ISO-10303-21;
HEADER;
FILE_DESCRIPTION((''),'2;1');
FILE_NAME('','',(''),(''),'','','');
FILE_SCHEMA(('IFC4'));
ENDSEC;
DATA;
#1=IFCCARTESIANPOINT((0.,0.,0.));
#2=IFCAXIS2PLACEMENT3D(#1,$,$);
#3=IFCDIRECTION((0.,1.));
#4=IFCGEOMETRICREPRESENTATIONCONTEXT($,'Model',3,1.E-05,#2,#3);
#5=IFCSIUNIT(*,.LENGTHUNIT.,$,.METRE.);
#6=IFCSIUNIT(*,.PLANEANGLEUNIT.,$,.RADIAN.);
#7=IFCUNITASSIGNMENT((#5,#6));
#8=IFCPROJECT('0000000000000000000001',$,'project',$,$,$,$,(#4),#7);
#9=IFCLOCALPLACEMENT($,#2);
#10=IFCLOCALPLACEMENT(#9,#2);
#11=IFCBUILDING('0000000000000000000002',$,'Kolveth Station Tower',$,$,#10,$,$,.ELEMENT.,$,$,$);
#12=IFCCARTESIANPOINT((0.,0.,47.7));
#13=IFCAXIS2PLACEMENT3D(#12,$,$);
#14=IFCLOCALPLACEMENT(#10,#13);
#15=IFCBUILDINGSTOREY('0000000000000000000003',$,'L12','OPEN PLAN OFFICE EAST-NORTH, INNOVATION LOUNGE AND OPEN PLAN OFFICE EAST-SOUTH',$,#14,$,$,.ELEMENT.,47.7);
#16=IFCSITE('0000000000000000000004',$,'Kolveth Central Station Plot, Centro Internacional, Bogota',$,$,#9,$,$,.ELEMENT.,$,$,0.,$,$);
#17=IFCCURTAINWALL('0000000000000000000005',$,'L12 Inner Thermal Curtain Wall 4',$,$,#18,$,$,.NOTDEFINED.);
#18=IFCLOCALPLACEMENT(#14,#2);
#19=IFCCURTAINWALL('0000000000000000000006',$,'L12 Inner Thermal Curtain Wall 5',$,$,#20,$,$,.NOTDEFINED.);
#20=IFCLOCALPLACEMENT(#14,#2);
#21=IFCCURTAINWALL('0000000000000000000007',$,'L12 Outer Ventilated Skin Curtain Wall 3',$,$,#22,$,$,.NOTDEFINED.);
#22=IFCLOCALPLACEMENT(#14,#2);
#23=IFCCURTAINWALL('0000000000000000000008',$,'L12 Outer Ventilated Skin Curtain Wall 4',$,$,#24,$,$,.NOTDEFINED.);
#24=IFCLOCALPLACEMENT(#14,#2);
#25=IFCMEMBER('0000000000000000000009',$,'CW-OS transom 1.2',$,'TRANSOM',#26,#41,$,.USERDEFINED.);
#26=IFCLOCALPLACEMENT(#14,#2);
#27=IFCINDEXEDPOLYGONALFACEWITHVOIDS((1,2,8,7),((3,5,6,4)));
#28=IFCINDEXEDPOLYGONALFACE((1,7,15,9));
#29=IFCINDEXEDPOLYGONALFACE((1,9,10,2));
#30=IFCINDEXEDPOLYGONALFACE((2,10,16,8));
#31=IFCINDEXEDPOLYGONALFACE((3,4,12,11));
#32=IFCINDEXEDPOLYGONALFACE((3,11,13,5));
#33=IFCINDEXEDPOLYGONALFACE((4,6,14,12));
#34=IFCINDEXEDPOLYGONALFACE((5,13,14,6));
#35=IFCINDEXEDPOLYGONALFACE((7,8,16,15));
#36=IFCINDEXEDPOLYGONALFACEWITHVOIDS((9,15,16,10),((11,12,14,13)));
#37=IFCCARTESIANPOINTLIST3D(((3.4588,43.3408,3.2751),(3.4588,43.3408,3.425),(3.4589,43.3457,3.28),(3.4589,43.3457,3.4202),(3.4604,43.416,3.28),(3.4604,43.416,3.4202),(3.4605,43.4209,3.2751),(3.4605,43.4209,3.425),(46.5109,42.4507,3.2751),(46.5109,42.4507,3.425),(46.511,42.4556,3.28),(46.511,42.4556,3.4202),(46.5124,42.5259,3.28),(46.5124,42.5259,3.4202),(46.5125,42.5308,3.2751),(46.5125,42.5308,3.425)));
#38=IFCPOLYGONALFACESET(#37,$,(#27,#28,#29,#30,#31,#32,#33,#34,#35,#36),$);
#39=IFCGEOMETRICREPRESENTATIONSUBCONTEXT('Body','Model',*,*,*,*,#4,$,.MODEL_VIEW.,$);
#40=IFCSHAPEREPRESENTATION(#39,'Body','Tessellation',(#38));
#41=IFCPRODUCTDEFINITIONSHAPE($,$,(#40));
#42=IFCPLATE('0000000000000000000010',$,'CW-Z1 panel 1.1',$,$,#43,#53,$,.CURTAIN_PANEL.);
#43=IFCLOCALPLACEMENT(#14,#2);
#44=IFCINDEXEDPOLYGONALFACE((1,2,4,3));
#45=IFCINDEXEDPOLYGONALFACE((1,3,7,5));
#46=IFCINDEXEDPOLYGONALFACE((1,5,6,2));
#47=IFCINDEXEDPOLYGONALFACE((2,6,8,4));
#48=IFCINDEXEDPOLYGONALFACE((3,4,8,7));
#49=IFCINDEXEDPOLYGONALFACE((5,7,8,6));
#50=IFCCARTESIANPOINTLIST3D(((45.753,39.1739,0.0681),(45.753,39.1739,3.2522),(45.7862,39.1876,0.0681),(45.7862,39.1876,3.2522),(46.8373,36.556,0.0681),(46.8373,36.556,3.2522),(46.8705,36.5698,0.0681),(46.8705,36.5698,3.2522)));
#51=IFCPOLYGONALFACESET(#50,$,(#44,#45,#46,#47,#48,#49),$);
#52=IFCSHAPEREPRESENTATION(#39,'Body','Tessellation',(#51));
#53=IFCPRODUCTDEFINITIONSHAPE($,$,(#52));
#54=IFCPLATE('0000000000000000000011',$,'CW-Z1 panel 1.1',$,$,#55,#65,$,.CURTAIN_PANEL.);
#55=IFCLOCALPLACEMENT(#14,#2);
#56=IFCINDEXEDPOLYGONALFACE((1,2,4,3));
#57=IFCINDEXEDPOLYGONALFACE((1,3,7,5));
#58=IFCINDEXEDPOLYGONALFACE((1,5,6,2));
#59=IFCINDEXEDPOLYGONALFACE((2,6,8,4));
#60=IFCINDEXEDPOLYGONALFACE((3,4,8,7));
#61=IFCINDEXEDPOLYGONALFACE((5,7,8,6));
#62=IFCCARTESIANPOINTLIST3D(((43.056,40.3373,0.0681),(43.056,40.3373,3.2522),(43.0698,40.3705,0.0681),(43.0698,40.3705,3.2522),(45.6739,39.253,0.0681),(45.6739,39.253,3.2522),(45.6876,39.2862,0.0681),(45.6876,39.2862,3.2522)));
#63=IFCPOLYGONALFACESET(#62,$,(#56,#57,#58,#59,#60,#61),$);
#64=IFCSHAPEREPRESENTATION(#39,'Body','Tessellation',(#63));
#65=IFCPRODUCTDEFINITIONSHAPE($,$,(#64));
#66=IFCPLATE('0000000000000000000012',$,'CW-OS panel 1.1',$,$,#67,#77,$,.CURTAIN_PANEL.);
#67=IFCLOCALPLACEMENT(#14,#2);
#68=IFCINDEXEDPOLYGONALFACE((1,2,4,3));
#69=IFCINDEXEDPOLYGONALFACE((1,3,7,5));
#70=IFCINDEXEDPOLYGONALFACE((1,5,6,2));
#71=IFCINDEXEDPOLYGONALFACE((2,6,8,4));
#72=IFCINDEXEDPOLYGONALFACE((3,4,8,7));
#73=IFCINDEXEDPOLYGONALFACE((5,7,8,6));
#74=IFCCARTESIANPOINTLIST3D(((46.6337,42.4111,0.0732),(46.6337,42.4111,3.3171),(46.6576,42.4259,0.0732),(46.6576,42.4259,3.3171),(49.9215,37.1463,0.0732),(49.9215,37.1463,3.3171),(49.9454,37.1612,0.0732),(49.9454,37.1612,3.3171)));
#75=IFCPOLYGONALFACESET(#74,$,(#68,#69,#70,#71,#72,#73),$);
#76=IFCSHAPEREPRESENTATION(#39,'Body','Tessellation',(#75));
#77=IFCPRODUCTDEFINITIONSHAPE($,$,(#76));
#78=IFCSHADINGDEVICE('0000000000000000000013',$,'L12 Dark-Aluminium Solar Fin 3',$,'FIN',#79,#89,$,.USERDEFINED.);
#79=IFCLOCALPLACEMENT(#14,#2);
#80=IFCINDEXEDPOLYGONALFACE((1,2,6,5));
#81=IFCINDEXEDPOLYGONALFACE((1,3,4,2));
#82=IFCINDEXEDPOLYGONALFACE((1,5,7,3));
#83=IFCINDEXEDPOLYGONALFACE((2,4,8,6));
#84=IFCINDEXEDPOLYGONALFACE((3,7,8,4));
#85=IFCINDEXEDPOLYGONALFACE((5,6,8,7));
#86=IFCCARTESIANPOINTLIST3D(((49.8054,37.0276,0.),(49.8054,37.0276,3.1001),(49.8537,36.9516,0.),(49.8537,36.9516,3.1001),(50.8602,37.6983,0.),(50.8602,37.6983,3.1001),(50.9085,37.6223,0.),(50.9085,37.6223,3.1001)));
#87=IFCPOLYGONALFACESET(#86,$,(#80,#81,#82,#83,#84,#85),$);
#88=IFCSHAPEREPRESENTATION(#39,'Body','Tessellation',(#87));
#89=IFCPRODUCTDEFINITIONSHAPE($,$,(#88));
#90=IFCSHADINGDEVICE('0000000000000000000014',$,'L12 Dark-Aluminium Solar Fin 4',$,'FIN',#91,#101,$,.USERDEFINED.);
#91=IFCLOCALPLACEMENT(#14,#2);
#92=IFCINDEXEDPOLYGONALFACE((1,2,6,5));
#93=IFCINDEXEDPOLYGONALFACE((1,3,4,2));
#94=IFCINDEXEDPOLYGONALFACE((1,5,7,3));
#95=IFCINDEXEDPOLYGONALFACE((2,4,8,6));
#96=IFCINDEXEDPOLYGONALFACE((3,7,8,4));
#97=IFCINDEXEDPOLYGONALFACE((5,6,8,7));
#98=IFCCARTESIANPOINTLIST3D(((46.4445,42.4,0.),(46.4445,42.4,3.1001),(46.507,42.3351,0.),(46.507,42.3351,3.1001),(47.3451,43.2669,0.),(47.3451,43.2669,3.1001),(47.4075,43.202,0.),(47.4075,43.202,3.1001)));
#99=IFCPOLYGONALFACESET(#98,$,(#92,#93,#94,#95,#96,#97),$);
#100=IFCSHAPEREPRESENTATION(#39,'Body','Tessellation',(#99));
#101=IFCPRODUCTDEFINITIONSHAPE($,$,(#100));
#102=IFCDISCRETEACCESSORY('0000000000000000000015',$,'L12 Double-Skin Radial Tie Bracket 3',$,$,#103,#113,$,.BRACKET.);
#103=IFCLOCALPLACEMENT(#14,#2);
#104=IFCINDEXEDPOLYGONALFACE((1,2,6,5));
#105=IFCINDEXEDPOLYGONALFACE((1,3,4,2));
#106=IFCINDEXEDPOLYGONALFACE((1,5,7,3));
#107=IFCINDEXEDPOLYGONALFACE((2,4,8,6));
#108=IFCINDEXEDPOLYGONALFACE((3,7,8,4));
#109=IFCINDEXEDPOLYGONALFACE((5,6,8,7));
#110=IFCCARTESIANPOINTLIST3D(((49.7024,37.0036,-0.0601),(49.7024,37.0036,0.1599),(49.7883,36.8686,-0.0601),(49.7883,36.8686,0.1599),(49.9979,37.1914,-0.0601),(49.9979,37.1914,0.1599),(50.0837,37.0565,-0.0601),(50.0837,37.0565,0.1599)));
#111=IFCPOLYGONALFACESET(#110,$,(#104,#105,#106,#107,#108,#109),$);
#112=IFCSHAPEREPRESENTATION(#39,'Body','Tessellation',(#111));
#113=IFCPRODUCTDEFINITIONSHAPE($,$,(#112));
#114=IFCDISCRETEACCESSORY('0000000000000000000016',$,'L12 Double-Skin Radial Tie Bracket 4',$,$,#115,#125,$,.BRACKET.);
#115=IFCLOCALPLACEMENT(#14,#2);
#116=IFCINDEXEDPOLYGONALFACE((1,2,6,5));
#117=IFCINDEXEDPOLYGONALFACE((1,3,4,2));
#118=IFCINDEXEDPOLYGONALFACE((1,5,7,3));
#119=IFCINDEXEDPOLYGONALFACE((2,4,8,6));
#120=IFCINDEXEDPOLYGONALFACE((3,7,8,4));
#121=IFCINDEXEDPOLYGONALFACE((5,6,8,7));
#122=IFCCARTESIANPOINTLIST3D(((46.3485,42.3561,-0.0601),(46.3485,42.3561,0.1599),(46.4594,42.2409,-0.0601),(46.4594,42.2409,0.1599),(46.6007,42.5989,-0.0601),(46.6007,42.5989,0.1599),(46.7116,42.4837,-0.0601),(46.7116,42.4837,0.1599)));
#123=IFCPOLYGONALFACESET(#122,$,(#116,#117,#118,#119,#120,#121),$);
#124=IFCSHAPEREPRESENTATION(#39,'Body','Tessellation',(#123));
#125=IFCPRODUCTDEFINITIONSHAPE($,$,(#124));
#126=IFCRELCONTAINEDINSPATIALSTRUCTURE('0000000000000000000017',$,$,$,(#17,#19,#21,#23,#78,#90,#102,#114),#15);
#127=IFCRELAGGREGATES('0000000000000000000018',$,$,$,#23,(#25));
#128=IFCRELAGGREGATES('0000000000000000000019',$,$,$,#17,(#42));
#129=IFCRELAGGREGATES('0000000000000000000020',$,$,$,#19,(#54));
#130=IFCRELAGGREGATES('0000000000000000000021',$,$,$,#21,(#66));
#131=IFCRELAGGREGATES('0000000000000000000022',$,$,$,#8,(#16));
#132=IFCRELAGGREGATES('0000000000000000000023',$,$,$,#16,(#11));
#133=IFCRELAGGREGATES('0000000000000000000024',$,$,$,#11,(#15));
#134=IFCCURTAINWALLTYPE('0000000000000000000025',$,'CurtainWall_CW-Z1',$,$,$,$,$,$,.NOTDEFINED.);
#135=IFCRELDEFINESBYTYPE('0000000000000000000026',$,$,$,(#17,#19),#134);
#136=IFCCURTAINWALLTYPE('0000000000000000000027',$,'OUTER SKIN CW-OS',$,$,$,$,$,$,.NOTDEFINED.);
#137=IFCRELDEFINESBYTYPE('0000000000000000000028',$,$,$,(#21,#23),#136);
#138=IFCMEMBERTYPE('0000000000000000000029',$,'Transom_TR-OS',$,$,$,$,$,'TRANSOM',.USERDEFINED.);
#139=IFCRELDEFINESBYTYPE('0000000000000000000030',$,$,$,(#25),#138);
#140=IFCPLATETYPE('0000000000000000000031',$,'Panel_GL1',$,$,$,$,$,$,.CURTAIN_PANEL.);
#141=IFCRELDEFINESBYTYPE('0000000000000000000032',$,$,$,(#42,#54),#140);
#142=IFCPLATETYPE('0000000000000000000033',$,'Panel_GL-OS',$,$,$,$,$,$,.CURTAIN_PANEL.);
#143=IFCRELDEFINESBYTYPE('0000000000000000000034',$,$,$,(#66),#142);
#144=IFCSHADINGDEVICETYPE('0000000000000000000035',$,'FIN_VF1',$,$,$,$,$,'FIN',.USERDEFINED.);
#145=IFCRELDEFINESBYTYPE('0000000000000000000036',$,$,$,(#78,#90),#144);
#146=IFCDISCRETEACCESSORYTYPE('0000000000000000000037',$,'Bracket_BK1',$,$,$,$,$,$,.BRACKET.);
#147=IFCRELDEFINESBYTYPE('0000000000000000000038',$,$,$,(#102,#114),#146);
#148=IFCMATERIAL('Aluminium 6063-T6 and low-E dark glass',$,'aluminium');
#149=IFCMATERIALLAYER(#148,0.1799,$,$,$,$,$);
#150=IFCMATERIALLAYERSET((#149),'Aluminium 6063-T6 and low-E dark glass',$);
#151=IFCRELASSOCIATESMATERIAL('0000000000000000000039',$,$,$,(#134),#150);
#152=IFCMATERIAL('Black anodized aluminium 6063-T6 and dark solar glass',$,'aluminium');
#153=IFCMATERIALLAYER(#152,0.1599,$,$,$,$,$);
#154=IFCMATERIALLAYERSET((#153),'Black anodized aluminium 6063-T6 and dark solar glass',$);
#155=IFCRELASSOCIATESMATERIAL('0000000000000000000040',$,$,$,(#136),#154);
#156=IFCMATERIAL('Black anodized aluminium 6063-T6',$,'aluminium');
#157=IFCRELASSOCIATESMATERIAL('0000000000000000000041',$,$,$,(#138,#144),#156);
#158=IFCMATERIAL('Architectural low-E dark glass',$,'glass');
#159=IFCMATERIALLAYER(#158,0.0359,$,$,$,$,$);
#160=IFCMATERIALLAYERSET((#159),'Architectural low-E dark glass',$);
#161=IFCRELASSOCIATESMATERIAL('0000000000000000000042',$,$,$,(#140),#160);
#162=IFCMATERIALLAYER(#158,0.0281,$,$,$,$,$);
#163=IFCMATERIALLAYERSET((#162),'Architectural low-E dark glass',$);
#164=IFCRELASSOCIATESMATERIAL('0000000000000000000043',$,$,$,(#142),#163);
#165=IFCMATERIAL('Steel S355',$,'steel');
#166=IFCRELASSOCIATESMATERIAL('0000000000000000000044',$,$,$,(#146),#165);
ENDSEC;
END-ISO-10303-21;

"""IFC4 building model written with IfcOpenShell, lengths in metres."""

from ifc_helpers import new_model, si_unit, direction, frame, origin, origin_2d, place, context, subcontext, project, spatial, rectangle, hollow_rectangle, extrude, source, transform, mapped, material, layer, layer_set, material_profile, profile_set, type_object, element, aggregate, save


model = new_model("IFC4")

# Units and contexts
model_context = context("Model", 3, precision=1e-05, world=origin(), true_north=direction((0.0, 1.0)))
body_context = subcontext(model_context, "Body", "Model", "MODEL_VIEW")
ifc_project = project(units=[si_unit("LENGTHUNIT", "METRE"), si_unit("PLANEANGLEUNIT", "RADIAN")], contexts=[model_context])

# Site, building, storey
site_placement = place(None, origin())
site = spatial("IfcSite", under=ifc_project, at=site_placement, Name="Kolveth Central Station Plot, Centro Internacional, Bogota", CompositionType="ELEMENT", RefElevation=0.0)
building_placement = place(site_placement, origin())
building = spatial("IfcBuilding", under=site, at=building_placement, Name="Kolveth Station Tower", CompositionType="ELEMENT")
storey_placement = place(building_placement, frame((0.0, 0.0, 47.7)))
storey = spatial("IfcBuildingStorey", under=building, at=storey_placement, Name="L12", Description="OPEN PLAN OFFICE EAST-NORTH, INNOVATION LOUNGE AND OPEN PLAN OFFICE EAST-SOUTH", CompositionType="ELEMENT", Elevation=47.7)

# Shared definitions
ifc_material_1 = material(Name="Steel S355", Category="steel")

# Curtain wall
ifc_material_2 = material(Name="Aluminium 6063-T6 and low-E dark glass", Category="aluminium")
ifc_layer_1 = layer(ifc_material_2, 0.1799)
ifc_layer_set_1 = layer_set([ifc_layer_1], Name="Aluminium 6063-T6 and low-E dark glass")
curtain_wall_type_1 = type_object("IfcCurtainWallType", Name="CurtainWall_CW-Z1", PredefinedType="NOTDEFINED", material=ifc_layer_set_1)
curtain_wall_1_placement = place(storey_placement, origin())
curtain_wall_1 = element("IfcCurtainWall", 1, at=curtain_wall_1_placement, inside=storey, type_object=curtain_wall_type_1, Name="L12 Inner Thermal Curtain Wall 4", PredefinedType="NOTDEFINED")
ifc_material_3 = material(Name="Black anodized aluminium 6063-T6", Category="aluminium")

# Curtain wall
curtain_wall_2_placement = place(storey_placement, origin())
curtain_wall_2 = element("IfcCurtainWall", 2, at=curtain_wall_2_placement, inside=storey, type_object=curtain_wall_type_1, Name="L12 Inner Thermal Curtain Wall 5", PredefinedType="NOTDEFINED")

# Shared definitions
ifc_material_4 = material(Name="Black anodized aluminium 6063-T6 and dark solar glass", Category="aluminium")
ifc_layer_2 = layer(ifc_material_4, 0.1599)
ifc_layer_set_2 = layer_set([ifc_layer_2], Name="Black anodized aluminium 6063-T6 and dark solar glass")
curtain_wall_type_2 = type_object("IfcCurtainWallType", Name="OUTER SKIN CW-OS", PredefinedType="NOTDEFINED", material=ifc_layer_set_2)

# Curtain wall
curtain_wall_3_placement = place(storey_placement, origin())
curtain_wall_3 = element("IfcCurtainWall", 3, at=curtain_wall_3_placement, inside=storey, type_object=curtain_wall_type_2, Name="L12 Outer Ventilated Skin Curtain Wall 3", PredefinedType="NOTDEFINED")

# Curtain wall
curtain_wall_4_placement = place(storey_placement, origin())
curtain_wall_4 = element("IfcCurtainWall", 4, at=curtain_wall_4_placement, inside=storey, type_object=curtain_wall_type_2, Name="L12 Outer Ventilated Skin Curtain Wall 4", PredefinedType="NOTDEFINED")

# Member
ifc_material_profile_1 = material_profile(ifc_material_3, hollow_rectangle(XDim=0.0801, YDim=0.1499, WallThickness=0.0049, at=origin_2d()), Name="ALU-80x150x5")
ifc_profile_set_1 = profile_set([ifc_material_profile_1], Name="Black anodized aluminium 6063-T6")
member_type_1 = type_object("IfcMemberType", Name="Transom_TR-OS", ElementType="TRANSOM", PredefinedType="USERDEFINED", material=ifc_profile_set_1)
shared_shape_1 = source(origin(), body_context, "Body", "SweptSolid", [
    extrude(hollow_rectangle(XDim=0.0801, YDim=0.1499, WallThickness=0.0049, at=origin_2d()), origin(), (0.0, 0.0, 1.0), 43.0613),
])
member_1_placement = place(storey_placement, frame((46.5117, 42.4907, 3.3501), z_axis=(-0.999786, 0.020671, 0.0), x_axis=(-0.020671, -0.999786, 0.0)))
member_1 = element("IfcMember", 5, at=member_1_placement, type_object=member_type_1, Name="CW-OS transom 1.2", ObjectType="TRANSOM", PredefinedType="USERDEFINED", context=body_context, shape_type="MappedRepresentation", body=[
    mapped(shared_shape_1, transform((0.0, 0.0, 0.0), x_axis=(1.0, 0.0, 0.0), y_axis=(0.0, 1.0, 0.0), z_axis=(0.0, 0.0, 1.0), scale=1.0)),
])
aggregate(curtain_wall_4, [member_1])

# Plates
ifc_material_5 = material(Name="Architectural low-E dark glass", Category="glass")
ifc_layer_3 = layer(ifc_material_5, 0.0359)
ifc_layer_set_3 = layer_set([ifc_layer_3], Name="Architectural low-E dark glass")
plate_type_1 = type_object("IfcPlateType", Name="Panel_GL1", PredefinedType="CURTAIN_PANEL", material=ifc_layer_set_3)
shared_shape_2 = source(origin(), body_context, "Body", "SweptSolid", [
    extrude(rectangle(XDim=2.8335, YDim=0.0359, at=origin_2d()), origin(), (0.0, 0.0, 1.0), 3.1841),
])
plate_1_placement = place(storey_placement, frame((46.3118, 37.8718, 0.0681), z_axis=(0.0, 0.0, 1.0), x_axis=(-0.382673, 0.923884, 0.0)))
plate_1 = element("IfcPlate", 6, at=plate_1_placement, type_object=plate_type_1, Name="CW-Z1 panel 1.1", PredefinedType="CURTAIN_PANEL", context=body_context, shape_type="MappedRepresentation", body=[
    mapped(shared_shape_2, transform((0.0, 0.0, 0.0), x_axis=(1.0, 0.0, 0.0), y_axis=(0.0, 1.0, 0.0), z_axis=(0.0, 0.0, 1.0), scale=1.0)),
])
aggregate(curtain_wall_1, [plate_1])
plate_2_placement = place(storey_placement, frame((44.3718, 39.8118, 0.0681), z_axis=(0.0, 0.0, 1.0), x_axis=(-0.923884, 0.382673, 0.0)))
plate_2 = element("IfcPlate", 7, at=plate_2_placement, type_object=plate_type_1, Name="CW-Z1 panel 1.1", PredefinedType="CURTAIN_PANEL", context=body_context, shape_type="MappedRepresentation", body=[
    mapped(shared_shape_2, transform((0.0, 0.0, 0.0), x_axis=(1.0, 0.0, 0.0), y_axis=(0.0, 1.0, 0.0), z_axis=(0.0, 0.0, 1.0), scale=1.0)),
])
aggregate(curtain_wall_2, [plate_2])
ifc_layer_4 = layer(ifc_material_5, 0.0281)
ifc_layer_set_4 = layer_set([ifc_layer_4], Name="Architectural low-E dark glass")
plate_type_2 = type_object("IfcPlateType", Name="Panel_GL-OS", PredefinedType="CURTAIN_PANEL", material=ifc_layer_set_4)
shared_shape_3 = source(origin(), body_context, "Body", "SweptSolid", [
    extrude(rectangle(XDim=6.207, YDim=0.0281, at=origin_2d()), origin(), (0.0, 0.0, 1.0), 3.2439),
])
plate_3_placement = place(storey_placement, frame((48.2896, 39.7861, 0.0732), z_axis=(0.0, 0.0, 1.0), x_axis=(-0.52969, 0.848191, 0.0)))
plate_3 = element("IfcPlate", 8, at=plate_3_placement, type_object=plate_type_2, Name="CW-OS panel 1.1", PredefinedType="CURTAIN_PANEL", context=body_context, shape_type="MappedRepresentation", body=[
    mapped(shared_shape_3, transform((0.0, 0.0, 0.0), x_axis=(1.0, 0.0, 0.0), y_axis=(0.0, 1.0, 0.0), z_axis=(0.0, 0.0, 1.0), scale=1.0)),
])
aggregate(curtain_wall_3, [plate_3])

# Shading devices
shading_device_type = type_object("IfcShadingDeviceType", Name="FIN_VF1", ElementType="FIN", PredefinedType="USERDEFINED", material=ifc_material_3)
shared_shape_4 = source(origin(), body_context, "Body", "SweptSolid", [
    extrude(rectangle(XDim=1.25, YDim=0.0901, at=origin_2d()), origin(), (0.0, 0.0, 1.0), 3.1001),
])
for number, where, z_axis, x_axis, name in (
    (9, (50.3569, 37.325, 0.0), (0.0, 0.0, 1.0), (0.84386, 0.536563, 0.0), "L12 Dark-Aluminium Solar Fin 3"),
    (10, (46.926, 42.801, 0.0), (0.0, 0.0, 1.0), (0.72043, 0.693528, 0.0), "L12 Dark-Aluminium Solar Fin 4"),
):
    element("IfcShadingDevice", number, at=place(storey_placement, frame(where, z_axis=z_axis, x_axis=x_axis)), inside=storey, type_object=shading_device_type, Name=name, ObjectType="FIN", PredefinedType="USERDEFINED", context=body_context, shape_type="MappedRepresentation", body=[
        mapped(shared_shape_4, transform((0.0, 0.0, 0.0), x_axis=(1.0, 0.0, 0.0), y_axis=(0.0, 1.0, 0.0), z_axis=(0.0, 0.0, 1.0), scale=1.0)),
    ])

# Discrete accessories
discrete_accessory_type = type_object("IfcDiscreteAccessoryType", Name="Bracket_BK1", PredefinedType="BRACKET", material=ifc_material_1)
shared_shape_5 = source(origin(), body_context, "Body", "SweptSolid", [
    extrude(rectangle(XDim=0.3501, YDim=0.1599, at=origin_2d()), origin(), (0.0, 0.0, 1.0), 0.22),
])
for number, where, z_axis, x_axis, name in (
    (11, (49.8931, 37.03, -0.0601), (0.0, 0.0, 1.0), (0.84386, 0.536563, 0.0), "L12 Double-Skin Radial Tie Bracket 3"),
    (12, (46.53, 42.4199, -0.0601), (0.0, 0.0, 1.0), (0.72043, 0.693528, 0.0), "L12 Double-Skin Radial Tie Bracket 4"),
):
    element("IfcDiscreteAccessory", number, at=place(storey_placement, frame(where, z_axis=z_axis, x_axis=x_axis)), inside=storey, type_object=discrete_accessory_type, Name=name, PredefinedType="BRACKET", context=body_context, shape_type="MappedRepresentation", body=[
        mapped(shared_shape_5, transform((0.0, 0.0, 0.0), x_axis=(1.0, 0.0, 0.0), y_axis=(0.0, 1.0, 0.0), z_axis=(0.0, 0.0, 1.0), scale=1.0)),
    ])

save(model, "model.ifc")
